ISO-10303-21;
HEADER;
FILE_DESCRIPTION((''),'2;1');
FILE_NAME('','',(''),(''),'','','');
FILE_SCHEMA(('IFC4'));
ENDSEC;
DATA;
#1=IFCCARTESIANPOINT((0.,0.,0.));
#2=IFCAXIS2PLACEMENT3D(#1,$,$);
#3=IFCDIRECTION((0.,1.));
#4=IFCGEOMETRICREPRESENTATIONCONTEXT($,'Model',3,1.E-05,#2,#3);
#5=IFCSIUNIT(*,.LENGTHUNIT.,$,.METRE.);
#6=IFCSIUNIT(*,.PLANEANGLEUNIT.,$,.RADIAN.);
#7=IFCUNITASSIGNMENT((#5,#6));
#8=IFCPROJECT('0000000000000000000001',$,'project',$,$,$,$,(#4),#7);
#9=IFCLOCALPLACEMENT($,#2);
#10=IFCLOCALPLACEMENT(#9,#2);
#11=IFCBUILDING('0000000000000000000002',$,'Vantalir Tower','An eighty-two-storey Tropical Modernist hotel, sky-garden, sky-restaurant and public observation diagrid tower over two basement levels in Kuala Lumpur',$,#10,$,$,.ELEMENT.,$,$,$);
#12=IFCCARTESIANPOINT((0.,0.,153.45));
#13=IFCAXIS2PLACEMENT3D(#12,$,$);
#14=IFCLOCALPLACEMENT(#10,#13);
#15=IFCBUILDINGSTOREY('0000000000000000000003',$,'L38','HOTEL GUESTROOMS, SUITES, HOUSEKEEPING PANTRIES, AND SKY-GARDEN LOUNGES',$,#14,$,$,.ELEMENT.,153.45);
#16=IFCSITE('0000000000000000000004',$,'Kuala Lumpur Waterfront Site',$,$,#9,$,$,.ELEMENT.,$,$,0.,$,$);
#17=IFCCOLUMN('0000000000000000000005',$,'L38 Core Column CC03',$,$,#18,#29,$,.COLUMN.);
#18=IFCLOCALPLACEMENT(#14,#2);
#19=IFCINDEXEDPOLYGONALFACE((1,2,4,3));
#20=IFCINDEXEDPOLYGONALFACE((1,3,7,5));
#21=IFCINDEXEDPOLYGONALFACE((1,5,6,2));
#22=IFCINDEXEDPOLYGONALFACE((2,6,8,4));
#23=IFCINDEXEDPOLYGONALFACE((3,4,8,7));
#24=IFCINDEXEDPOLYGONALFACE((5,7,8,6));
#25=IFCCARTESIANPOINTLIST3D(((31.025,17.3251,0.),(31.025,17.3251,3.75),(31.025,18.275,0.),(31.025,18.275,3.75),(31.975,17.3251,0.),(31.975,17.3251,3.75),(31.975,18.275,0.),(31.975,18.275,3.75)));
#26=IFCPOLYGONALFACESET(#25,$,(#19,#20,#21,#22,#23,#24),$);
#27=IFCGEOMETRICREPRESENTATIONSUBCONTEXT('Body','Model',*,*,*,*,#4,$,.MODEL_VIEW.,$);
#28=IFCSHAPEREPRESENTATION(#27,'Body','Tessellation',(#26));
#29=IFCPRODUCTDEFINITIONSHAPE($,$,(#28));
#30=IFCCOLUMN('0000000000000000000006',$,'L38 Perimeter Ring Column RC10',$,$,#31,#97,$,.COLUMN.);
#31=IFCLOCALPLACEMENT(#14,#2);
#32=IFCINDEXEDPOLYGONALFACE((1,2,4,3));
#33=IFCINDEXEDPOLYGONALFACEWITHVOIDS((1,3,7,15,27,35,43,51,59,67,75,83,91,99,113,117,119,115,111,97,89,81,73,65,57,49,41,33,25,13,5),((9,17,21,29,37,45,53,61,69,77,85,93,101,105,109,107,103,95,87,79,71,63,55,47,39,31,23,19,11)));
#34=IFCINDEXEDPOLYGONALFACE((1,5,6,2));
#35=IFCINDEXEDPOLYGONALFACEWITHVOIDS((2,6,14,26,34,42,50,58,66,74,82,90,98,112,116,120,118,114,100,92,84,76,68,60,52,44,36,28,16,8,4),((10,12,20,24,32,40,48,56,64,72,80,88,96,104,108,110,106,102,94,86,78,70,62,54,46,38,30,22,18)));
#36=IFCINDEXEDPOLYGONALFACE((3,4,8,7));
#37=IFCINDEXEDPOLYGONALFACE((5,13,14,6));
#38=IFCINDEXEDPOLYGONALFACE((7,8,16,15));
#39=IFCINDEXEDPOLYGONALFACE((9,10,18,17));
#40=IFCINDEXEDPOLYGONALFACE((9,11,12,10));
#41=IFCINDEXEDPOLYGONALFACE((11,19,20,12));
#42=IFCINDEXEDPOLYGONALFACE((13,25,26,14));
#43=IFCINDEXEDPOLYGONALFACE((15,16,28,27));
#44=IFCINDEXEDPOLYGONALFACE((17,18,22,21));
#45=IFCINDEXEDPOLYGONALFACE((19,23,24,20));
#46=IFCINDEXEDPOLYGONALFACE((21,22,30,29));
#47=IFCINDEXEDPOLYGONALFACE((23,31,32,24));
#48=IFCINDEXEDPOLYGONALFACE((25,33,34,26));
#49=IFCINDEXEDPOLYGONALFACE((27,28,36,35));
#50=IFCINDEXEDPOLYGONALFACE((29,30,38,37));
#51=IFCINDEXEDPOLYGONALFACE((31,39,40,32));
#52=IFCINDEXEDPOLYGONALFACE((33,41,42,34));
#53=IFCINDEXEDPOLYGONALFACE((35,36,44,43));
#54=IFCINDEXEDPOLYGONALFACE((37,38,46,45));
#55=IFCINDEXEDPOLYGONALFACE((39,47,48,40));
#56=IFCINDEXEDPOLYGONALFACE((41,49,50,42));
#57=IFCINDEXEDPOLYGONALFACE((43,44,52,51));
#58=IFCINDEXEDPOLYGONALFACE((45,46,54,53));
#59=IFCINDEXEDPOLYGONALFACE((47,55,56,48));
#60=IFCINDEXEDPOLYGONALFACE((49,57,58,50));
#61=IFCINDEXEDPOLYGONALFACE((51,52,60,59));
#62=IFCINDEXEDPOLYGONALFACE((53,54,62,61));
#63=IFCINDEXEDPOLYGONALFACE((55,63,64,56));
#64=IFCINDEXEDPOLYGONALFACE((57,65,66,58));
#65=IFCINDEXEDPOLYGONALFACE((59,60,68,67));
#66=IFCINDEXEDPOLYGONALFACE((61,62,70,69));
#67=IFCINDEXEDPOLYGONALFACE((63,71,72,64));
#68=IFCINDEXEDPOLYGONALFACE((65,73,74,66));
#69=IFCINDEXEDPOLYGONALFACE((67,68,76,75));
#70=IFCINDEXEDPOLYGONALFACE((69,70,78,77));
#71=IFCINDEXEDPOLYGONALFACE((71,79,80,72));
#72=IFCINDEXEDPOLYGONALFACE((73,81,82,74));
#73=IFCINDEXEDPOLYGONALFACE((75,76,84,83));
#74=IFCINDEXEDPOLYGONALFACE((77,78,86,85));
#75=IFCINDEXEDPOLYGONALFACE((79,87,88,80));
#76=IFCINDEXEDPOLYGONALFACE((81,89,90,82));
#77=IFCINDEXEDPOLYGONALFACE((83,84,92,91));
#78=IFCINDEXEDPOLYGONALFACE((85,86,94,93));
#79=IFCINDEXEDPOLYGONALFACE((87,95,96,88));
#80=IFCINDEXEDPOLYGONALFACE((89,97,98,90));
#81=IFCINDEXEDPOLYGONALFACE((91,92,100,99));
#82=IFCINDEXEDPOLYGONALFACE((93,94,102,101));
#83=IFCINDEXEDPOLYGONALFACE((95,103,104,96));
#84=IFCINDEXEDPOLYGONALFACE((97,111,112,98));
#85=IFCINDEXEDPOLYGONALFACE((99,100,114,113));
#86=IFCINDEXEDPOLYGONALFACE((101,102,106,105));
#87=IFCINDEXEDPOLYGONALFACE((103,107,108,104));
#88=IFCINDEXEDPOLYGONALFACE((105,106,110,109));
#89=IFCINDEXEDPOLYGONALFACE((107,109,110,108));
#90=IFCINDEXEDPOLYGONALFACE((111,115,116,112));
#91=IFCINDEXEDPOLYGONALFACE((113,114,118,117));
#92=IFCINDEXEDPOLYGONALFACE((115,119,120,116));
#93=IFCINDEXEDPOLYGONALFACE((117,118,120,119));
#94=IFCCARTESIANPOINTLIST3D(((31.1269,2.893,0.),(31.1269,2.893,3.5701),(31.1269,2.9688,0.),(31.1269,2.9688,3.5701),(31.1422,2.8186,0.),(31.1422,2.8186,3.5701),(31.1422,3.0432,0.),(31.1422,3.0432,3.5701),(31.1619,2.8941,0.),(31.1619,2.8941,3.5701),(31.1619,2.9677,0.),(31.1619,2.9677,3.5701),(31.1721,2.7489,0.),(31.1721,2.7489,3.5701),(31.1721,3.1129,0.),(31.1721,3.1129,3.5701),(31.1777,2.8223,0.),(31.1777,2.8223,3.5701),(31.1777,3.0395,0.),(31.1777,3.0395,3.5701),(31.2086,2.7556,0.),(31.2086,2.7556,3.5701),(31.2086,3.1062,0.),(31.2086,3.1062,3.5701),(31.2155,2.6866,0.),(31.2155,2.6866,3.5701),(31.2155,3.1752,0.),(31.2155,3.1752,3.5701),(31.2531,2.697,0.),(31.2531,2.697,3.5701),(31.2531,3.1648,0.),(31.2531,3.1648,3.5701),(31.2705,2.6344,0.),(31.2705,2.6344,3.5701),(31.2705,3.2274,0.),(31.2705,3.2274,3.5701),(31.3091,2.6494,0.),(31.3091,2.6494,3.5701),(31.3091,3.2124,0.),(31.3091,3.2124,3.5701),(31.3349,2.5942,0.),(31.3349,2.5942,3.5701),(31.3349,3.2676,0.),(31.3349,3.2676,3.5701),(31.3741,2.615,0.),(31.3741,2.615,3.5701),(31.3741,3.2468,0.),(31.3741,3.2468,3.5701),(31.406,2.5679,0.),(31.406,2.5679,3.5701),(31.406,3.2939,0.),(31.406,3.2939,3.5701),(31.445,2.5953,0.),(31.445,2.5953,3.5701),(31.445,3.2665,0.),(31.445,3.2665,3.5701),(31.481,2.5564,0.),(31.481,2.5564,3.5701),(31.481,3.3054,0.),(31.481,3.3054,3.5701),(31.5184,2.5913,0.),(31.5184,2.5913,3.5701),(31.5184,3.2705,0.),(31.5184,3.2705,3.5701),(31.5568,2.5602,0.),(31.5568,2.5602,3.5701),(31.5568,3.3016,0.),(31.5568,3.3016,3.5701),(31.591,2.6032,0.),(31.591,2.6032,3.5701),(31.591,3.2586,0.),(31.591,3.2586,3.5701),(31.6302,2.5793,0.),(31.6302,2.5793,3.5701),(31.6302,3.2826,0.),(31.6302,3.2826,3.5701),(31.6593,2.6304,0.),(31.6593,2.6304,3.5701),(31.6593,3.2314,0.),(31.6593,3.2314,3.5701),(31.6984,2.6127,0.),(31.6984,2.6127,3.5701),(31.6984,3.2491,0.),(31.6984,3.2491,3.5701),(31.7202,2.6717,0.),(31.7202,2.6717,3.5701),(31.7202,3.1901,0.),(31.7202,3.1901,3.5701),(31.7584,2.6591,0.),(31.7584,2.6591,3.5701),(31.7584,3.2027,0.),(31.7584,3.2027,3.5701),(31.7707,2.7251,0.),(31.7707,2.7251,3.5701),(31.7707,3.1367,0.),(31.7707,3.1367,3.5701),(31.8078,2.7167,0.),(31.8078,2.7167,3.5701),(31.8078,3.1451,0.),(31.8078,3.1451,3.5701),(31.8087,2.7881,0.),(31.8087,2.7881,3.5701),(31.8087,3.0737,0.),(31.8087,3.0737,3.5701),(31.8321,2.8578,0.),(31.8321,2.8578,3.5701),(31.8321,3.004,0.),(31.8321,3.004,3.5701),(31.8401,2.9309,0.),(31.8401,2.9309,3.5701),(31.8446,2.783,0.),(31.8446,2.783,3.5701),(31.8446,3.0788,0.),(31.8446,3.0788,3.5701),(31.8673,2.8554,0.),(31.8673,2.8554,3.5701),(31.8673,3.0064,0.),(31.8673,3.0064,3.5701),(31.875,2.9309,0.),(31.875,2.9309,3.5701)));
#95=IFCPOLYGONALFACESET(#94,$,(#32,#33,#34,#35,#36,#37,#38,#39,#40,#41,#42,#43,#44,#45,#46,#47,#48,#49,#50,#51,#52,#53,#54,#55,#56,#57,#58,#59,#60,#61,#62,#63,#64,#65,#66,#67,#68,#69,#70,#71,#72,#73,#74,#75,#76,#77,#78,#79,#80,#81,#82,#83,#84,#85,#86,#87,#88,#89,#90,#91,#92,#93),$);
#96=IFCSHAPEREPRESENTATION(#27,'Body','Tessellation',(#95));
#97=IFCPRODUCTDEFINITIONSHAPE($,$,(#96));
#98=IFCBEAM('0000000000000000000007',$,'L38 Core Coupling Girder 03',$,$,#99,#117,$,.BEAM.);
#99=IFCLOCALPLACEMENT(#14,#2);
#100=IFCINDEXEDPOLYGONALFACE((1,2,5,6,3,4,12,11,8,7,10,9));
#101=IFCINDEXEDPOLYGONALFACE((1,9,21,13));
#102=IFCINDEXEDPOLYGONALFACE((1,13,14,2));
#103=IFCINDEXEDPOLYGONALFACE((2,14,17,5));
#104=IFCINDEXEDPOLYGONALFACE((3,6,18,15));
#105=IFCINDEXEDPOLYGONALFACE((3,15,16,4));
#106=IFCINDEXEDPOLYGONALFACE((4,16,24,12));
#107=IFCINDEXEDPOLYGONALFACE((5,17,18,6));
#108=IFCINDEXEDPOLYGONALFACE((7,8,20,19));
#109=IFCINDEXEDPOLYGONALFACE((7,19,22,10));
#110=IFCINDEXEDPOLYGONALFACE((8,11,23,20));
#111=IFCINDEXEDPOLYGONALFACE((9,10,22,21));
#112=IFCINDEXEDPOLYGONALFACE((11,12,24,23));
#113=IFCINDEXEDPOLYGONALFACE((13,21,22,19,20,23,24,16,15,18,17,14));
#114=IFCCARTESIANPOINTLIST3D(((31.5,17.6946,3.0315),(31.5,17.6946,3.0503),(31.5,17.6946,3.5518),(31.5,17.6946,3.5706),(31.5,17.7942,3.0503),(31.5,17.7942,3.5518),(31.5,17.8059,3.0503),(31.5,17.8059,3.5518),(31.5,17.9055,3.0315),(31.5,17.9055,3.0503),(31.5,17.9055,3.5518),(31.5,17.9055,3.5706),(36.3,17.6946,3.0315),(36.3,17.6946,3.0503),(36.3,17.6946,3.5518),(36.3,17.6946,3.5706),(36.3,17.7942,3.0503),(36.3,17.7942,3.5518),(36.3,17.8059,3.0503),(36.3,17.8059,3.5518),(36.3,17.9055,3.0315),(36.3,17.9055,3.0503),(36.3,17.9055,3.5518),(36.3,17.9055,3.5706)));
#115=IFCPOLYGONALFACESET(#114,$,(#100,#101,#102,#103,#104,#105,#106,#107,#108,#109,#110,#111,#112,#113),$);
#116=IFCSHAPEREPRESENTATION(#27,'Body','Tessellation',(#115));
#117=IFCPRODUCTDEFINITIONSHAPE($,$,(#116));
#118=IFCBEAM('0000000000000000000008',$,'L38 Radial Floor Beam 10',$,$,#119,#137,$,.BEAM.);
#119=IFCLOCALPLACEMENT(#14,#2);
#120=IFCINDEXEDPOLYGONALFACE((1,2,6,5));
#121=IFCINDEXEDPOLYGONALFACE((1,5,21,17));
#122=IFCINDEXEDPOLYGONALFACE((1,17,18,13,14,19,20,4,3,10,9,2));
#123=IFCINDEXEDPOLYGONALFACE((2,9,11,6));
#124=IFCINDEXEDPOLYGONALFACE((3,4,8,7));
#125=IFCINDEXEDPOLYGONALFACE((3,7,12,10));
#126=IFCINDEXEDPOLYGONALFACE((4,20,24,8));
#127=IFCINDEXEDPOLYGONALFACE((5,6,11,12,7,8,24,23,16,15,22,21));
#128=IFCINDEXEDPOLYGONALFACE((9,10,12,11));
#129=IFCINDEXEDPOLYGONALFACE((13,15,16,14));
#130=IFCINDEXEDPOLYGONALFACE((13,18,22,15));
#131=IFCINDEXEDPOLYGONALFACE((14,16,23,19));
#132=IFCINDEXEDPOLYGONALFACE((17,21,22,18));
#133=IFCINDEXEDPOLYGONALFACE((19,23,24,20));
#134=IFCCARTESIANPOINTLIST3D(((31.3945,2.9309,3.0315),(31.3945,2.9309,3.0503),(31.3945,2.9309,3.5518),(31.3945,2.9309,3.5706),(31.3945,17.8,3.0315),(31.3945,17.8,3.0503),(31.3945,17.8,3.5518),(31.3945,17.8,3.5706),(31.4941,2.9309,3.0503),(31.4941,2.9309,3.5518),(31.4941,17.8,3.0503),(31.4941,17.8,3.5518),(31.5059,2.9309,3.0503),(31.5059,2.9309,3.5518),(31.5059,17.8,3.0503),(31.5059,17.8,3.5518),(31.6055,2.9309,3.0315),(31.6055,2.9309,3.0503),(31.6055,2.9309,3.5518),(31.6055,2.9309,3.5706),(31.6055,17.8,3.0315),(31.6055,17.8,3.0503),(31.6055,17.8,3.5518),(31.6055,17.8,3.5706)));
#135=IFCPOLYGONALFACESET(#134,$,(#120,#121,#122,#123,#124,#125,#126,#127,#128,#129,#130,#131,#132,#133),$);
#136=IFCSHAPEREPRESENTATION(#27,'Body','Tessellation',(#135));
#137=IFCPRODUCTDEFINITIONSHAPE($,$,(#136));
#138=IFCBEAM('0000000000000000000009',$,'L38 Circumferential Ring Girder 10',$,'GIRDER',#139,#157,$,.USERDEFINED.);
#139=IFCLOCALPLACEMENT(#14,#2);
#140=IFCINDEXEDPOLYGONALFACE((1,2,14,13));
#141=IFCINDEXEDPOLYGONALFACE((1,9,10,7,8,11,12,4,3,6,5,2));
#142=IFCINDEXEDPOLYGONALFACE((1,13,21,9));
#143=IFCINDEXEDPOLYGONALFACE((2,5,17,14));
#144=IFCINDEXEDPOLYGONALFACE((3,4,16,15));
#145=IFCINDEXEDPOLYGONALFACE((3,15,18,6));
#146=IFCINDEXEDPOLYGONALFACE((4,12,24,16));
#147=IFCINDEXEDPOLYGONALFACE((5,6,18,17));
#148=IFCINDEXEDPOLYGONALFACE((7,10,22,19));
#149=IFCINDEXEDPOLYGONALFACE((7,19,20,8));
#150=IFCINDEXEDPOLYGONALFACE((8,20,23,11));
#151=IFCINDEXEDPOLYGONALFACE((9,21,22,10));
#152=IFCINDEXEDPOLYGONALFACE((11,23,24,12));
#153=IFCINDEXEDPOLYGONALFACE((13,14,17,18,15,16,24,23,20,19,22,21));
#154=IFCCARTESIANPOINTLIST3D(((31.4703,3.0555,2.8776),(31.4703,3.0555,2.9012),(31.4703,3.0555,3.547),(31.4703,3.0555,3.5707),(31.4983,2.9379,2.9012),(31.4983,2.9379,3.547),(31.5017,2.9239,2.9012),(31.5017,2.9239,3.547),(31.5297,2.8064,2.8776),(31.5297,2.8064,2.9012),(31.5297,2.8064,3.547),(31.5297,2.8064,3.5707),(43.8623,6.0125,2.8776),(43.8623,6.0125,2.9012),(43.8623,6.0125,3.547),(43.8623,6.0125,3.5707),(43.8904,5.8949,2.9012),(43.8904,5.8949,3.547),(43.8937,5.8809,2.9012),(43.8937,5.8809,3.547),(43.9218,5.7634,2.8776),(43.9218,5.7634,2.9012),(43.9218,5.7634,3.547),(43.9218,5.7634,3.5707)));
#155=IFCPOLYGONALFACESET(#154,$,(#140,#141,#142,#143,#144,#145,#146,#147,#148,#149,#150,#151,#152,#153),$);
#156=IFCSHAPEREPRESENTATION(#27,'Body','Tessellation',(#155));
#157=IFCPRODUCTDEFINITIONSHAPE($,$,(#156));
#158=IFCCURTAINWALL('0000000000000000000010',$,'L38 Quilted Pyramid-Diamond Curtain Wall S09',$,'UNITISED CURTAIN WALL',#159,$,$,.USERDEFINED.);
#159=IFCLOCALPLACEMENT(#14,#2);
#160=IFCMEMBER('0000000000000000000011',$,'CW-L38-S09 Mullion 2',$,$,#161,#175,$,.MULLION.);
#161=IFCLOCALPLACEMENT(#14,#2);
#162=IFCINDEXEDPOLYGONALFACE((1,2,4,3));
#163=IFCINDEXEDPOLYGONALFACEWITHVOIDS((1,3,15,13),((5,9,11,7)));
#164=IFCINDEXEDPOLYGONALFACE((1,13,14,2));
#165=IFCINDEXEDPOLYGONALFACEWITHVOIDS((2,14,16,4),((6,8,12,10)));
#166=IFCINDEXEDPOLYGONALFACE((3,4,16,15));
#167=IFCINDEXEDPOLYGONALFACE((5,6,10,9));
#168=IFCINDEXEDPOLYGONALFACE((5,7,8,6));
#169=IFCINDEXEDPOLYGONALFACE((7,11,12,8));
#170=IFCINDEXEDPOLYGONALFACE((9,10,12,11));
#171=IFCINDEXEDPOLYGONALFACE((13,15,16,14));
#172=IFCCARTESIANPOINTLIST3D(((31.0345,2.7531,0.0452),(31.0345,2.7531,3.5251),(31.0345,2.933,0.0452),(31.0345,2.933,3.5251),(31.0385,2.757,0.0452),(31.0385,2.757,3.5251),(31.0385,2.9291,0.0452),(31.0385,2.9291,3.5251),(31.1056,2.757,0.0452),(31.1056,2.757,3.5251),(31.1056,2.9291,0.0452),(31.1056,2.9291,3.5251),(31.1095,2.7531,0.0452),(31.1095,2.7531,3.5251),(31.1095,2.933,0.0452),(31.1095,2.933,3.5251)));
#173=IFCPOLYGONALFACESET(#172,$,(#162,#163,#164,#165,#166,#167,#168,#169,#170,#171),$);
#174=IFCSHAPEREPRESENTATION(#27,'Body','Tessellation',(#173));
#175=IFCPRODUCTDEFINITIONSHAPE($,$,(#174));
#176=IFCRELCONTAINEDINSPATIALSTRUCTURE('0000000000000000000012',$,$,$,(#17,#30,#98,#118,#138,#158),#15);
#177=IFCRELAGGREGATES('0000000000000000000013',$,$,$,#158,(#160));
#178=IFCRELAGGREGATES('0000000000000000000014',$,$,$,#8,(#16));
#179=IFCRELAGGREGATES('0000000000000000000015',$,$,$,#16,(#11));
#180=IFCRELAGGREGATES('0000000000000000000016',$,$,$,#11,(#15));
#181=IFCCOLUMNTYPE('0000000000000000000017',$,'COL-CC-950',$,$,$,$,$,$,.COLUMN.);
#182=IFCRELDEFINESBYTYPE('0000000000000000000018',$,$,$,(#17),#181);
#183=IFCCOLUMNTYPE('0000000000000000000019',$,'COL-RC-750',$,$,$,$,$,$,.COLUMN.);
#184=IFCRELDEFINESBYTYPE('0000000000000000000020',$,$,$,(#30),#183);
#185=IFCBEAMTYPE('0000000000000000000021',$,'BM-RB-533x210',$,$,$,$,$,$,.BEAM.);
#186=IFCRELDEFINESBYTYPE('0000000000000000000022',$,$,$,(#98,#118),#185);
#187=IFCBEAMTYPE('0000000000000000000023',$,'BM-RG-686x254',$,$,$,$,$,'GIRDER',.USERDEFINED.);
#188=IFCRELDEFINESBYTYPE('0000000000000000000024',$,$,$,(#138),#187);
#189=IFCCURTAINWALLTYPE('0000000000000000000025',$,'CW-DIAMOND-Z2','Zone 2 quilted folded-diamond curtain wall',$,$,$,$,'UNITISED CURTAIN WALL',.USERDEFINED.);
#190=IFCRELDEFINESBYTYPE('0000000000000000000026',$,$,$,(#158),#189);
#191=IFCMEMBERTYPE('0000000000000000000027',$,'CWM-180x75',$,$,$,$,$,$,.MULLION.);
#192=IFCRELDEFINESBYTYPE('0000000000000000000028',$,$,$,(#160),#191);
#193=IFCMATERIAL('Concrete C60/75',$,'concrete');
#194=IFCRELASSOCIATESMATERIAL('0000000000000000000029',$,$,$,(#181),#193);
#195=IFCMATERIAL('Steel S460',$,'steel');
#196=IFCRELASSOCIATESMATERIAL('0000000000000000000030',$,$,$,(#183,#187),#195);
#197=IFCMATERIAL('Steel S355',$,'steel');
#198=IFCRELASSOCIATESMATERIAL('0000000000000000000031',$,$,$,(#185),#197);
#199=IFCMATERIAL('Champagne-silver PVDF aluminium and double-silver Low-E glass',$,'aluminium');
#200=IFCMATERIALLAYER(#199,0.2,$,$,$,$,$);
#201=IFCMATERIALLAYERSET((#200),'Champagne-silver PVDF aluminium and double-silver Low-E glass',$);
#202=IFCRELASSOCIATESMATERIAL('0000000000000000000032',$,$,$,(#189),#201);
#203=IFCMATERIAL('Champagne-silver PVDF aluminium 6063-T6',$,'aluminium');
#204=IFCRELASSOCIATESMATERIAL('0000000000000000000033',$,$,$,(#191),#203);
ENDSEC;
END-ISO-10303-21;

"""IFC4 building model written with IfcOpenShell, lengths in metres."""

from ifc_helpers import new_model, si_unit, direction, frame, origin, origin_2d, place, context, subcontext, project, spatial, rectangle, hollow_rectangle, hollow_circle, i_section, extrude, material, layer, layer_set, material_profile, profile_set, type_object, element, aggregate, save


model = new_model("IFC4")

# Units and contexts
model_context = context("Model", 3, precision=1e-05, world=origin(), true_north=direction((0.0, 1.0)))
body_context = subcontext(model_context, "Body", "Model", "MODEL_VIEW")
ifc_project = project(units=[si_unit("LENGTHUNIT", "METRE"), si_unit("PLANEANGLEUNIT", "RADIAN")], contexts=[model_context])

# Site, building, storey
site_placement = place(None, origin())
site = spatial("IfcSite", under=ifc_project, at=site_placement, Name="Kuala Lumpur Waterfront Site", CompositionType="ELEMENT", RefElevation=0.0)
building_placement = place(site_placement, origin())
building = spatial("IfcBuilding", under=site, at=building_placement, Name="Vantalir Tower", Description="An eighty-two-storey Tropical Modernist hotel, sky-garden, sky-restaurant and public observation diagrid tower over two basement levels in Kuala Lumpur", CompositionType="ELEMENT")
storey_placement = place(building_placement, frame((0.0, 0.0, 153.45)))
storey = spatial("IfcBuildingStorey", under=building, at=storey_placement, Name="L38", Description="HOTEL GUESTROOMS, SUITES, HOUSEKEEPING PANTRIES, AND SKY-GARDEN LOUNGES", CompositionType="ELEMENT", Elevation=153.45)

# Columns
ifc_material_1 = material(Name="Concrete C60/75", Category="concrete")
ifc_material_profile_1 = material_profile(ifc_material_1, rectangle(XDim=0.95, YDim=0.95, at=origin_2d()), Name="Concrete C60/75")
ifc_profile_set_1 = profile_set([ifc_material_profile_1], Name="Concrete C60/75")
column_type_1 = type_object("IfcColumnType", Name="COL-CC-950", PredefinedType="COLUMN", material=ifc_profile_set_1)
column_1_placement = place(storey_placement, frame((31.5, 17.8, 0.0), z_axis=(0.0, 0.0, 1.0), x_axis=(1.0, 0.0, 0.0)))
element("IfcColumn", 1, at=column_1_placement, inside=storey, type_object=column_type_1, Name="L38 Core Column CC03", PredefinedType="COLUMN", context=body_context, shape_type="SweptSolid", body=[
    extrude(rectangle(XDim=0.95, YDim=0.95, at=origin_2d()), origin(), (0.0, 0.0, 1.0), 3.75),
])
ifc_material_2 = material(Name="Steel S460", Category="steel")
ifc_material_profile_2 = material_profile(ifc_material_2, hollow_circle(Radius=0.375, WallThickness=0.0349, at=origin_2d()), Name="Steel S460")
ifc_profile_set_2 = profile_set([ifc_material_profile_2], Name="Steel S460")
column_type_2 = type_object("IfcColumnType", Name="COL-RC-750", PredefinedType="COLUMN", material=ifc_profile_set_2)
column_2_placement = place(storey_placement, frame((31.5, 2.9309, 0.0), z_axis=(0.0, 0.0, 1.0), x_axis=(1.0, 0.0, 0.0)))
element("IfcColumn", 2, at=column_2_placement, inside=storey, type_object=column_type_2, Name="L38 Perimeter Ring Column RC10", PredefinedType="COLUMN", context=body_context, shape_type="SweptSolid", body=[
    extrude(hollow_circle(Radius=0.375, WallThickness=0.0349, at=origin_2d()), origin(), (0.0, 0.0, 1.0), 3.5701),
])

# Beams
ifc_material_3 = material(Name="Steel S355", Category="steel")
ifc_material_profile_3 = material_profile(ifc_material_3, i_section(OverallWidth=0.2109, OverallDepth=0.5391, WebThickness=0.0117, FlangeThickness=0.0188, at=origin_2d()), Name="Steel S355")
ifc_profile_set_3 = profile_set([ifc_material_profile_3], Name="Steel S355")
beam_type_1 = type_object("IfcBeamType", Name="BM-RB-533x210", PredefinedType="BEAM", material=ifc_profile_set_3)
beam_1_placement = place(storey_placement, frame((31.5, 17.8, 3.301), z_axis=(1.0, 0.0, 0.0), x_axis=(0.0, 1.0, 0.0)))
element("IfcBeam", 3, at=beam_1_placement, inside=storey, type_object=beam_type_1, Name="L38 Core Coupling Girder 03", PredefinedType="BEAM", context=body_context, shape_type="SweptSolid", body=[
    extrude(i_section(OverallWidth=0.2109, OverallDepth=0.5391, WebThickness=0.0117, FlangeThickness=0.0188, at=origin_2d()), origin(), (0.0, 0.0, 1.0), 4.8),
])
beam_2_placement = place(storey_placement, frame((31.5, 2.9309, 3.301), z_axis=(0.0, 1.0, 0.0), x_axis=(-1.0, 0.0, 0.0)))
element("IfcBeam", 4, at=beam_2_placement, inside=storey, type_object=beam_type_1, Name="L38 Radial Floor Beam 10", PredefinedType="BEAM", context=body_context, shape_type="SweptSolid", body=[
    extrude(i_section(OverallWidth=0.2109, OverallDepth=0.5391, WebThickness=0.0117, FlangeThickness=0.0188, at=origin_2d()), origin(), (0.0, 0.0, 1.0), 14.8691),
])
ifc_material_profile_4 = material_profile(ifc_material_2, i_section(OverallWidth=0.2561, OverallDepth=0.6931, WebThickness=0.0144, FlangeThickness=0.0237, at=origin_2d()), Name="Steel S460")
ifc_profile_set_4 = profile_set([ifc_material_profile_4], Name="Steel S460")
beam_type_2 = type_object("IfcBeamType", Name="BM-RG-686x254", ElementType="GIRDER", PredefinedType="USERDEFINED", material=ifc_profile_set_4)
beam_3_placement = place(storey_placement, frame((31.5, 2.9309, 3.2241), z_axis=(0.972691, 0.232106, 0.0), x_axis=(-0.232106, 0.972691, 0.0)))
element("IfcBeam", 5, at=beam_3_placement, inside=storey, type_object=beam_type_2, Name="L38 Circumferential Ring Girder 10", ObjectType="GIRDER", PredefinedType="USERDEFINED", context=body_context, shape_type="SweptSolid", body=[
    extrude(i_section(OverallWidth=0.2561, OverallDepth=0.6931, WebThickness=0.0144, FlangeThickness=0.0237, at=origin_2d()), origin(), (0.0, 0.0, 1.0), 12.74),
])

# Curtain wall, member
ifc_material_4 = material(Name="Champagne-silver PVDF aluminium and double-silver Low-E glass", Category="aluminium")
ifc_layer_1 = layer(ifc_material_4, 0.2)
ifc_layer_set_1 = layer_set([ifc_layer_1], Name="Champagne-silver PVDF aluminium and double-silver Low-E glass")
curtain_wall_type = type_object("IfcCurtainWallType", Name="CW-DIAMOND-Z2", Description="Zone 2 quilted folded-diamond curtain wall", ElementType="UNITISED CURTAIN WALL", PredefinedType="USERDEFINED", material=ifc_layer_set_1)
curtain_wall_1_placement = place(storey_placement, origin())
curtain_wall_1 = element("IfcCurtainWall", 6, at=curtain_wall_1_placement, inside=storey, type_object=curtain_wall_type, Name="L38 Quilted Pyramid-Diamond Curtain Wall S09", ObjectType="UNITISED CURTAIN WALL", PredefinedType="USERDEFINED")
ifc_material_5 = material(Name="Champagne-silver PVDF aluminium 6063-T6", Category="aluminium")
ifc_material_profile_5 = material_profile(ifc_material_5, hollow_rectangle(XDim=0.075, YDim=0.1799, WallThickness=0.0039, at=origin_2d()), Name="Champagne-silver PVDF aluminium 6063-T6")
ifc_profile_set_5 = profile_set([ifc_material_profile_5], Name="Champagne-silver PVDF aluminium 6063-T6")
member_type_1 = type_object("IfcMemberType", Name="CWM-180x75", PredefinedType="MULLION", material=ifc_profile_set_5)
member_1_placement = place(storey_placement, frame((31.072, 2.843, 0.0452), z_axis=(0.0, 0.0, 1.0), x_axis=(1.0, 0.0, 0.0)))
member_1 = element("IfcMember", 7, at=member_1_placement, type_object=member_type_1, Name="CW-L38-S09 Mullion 2", PredefinedType="MULLION", context=body_context, shape_type="SweptSolid", body=[
    extrude(hollow_rectangle(XDim=0.075, YDim=0.1799, WallThickness=0.0039, at=origin_2d()), origin(), (0.0, 0.0, 1.0), 3.48),
])

aggregate(curtain_wall_1, [member_1])

save(model, "model.ifc")
